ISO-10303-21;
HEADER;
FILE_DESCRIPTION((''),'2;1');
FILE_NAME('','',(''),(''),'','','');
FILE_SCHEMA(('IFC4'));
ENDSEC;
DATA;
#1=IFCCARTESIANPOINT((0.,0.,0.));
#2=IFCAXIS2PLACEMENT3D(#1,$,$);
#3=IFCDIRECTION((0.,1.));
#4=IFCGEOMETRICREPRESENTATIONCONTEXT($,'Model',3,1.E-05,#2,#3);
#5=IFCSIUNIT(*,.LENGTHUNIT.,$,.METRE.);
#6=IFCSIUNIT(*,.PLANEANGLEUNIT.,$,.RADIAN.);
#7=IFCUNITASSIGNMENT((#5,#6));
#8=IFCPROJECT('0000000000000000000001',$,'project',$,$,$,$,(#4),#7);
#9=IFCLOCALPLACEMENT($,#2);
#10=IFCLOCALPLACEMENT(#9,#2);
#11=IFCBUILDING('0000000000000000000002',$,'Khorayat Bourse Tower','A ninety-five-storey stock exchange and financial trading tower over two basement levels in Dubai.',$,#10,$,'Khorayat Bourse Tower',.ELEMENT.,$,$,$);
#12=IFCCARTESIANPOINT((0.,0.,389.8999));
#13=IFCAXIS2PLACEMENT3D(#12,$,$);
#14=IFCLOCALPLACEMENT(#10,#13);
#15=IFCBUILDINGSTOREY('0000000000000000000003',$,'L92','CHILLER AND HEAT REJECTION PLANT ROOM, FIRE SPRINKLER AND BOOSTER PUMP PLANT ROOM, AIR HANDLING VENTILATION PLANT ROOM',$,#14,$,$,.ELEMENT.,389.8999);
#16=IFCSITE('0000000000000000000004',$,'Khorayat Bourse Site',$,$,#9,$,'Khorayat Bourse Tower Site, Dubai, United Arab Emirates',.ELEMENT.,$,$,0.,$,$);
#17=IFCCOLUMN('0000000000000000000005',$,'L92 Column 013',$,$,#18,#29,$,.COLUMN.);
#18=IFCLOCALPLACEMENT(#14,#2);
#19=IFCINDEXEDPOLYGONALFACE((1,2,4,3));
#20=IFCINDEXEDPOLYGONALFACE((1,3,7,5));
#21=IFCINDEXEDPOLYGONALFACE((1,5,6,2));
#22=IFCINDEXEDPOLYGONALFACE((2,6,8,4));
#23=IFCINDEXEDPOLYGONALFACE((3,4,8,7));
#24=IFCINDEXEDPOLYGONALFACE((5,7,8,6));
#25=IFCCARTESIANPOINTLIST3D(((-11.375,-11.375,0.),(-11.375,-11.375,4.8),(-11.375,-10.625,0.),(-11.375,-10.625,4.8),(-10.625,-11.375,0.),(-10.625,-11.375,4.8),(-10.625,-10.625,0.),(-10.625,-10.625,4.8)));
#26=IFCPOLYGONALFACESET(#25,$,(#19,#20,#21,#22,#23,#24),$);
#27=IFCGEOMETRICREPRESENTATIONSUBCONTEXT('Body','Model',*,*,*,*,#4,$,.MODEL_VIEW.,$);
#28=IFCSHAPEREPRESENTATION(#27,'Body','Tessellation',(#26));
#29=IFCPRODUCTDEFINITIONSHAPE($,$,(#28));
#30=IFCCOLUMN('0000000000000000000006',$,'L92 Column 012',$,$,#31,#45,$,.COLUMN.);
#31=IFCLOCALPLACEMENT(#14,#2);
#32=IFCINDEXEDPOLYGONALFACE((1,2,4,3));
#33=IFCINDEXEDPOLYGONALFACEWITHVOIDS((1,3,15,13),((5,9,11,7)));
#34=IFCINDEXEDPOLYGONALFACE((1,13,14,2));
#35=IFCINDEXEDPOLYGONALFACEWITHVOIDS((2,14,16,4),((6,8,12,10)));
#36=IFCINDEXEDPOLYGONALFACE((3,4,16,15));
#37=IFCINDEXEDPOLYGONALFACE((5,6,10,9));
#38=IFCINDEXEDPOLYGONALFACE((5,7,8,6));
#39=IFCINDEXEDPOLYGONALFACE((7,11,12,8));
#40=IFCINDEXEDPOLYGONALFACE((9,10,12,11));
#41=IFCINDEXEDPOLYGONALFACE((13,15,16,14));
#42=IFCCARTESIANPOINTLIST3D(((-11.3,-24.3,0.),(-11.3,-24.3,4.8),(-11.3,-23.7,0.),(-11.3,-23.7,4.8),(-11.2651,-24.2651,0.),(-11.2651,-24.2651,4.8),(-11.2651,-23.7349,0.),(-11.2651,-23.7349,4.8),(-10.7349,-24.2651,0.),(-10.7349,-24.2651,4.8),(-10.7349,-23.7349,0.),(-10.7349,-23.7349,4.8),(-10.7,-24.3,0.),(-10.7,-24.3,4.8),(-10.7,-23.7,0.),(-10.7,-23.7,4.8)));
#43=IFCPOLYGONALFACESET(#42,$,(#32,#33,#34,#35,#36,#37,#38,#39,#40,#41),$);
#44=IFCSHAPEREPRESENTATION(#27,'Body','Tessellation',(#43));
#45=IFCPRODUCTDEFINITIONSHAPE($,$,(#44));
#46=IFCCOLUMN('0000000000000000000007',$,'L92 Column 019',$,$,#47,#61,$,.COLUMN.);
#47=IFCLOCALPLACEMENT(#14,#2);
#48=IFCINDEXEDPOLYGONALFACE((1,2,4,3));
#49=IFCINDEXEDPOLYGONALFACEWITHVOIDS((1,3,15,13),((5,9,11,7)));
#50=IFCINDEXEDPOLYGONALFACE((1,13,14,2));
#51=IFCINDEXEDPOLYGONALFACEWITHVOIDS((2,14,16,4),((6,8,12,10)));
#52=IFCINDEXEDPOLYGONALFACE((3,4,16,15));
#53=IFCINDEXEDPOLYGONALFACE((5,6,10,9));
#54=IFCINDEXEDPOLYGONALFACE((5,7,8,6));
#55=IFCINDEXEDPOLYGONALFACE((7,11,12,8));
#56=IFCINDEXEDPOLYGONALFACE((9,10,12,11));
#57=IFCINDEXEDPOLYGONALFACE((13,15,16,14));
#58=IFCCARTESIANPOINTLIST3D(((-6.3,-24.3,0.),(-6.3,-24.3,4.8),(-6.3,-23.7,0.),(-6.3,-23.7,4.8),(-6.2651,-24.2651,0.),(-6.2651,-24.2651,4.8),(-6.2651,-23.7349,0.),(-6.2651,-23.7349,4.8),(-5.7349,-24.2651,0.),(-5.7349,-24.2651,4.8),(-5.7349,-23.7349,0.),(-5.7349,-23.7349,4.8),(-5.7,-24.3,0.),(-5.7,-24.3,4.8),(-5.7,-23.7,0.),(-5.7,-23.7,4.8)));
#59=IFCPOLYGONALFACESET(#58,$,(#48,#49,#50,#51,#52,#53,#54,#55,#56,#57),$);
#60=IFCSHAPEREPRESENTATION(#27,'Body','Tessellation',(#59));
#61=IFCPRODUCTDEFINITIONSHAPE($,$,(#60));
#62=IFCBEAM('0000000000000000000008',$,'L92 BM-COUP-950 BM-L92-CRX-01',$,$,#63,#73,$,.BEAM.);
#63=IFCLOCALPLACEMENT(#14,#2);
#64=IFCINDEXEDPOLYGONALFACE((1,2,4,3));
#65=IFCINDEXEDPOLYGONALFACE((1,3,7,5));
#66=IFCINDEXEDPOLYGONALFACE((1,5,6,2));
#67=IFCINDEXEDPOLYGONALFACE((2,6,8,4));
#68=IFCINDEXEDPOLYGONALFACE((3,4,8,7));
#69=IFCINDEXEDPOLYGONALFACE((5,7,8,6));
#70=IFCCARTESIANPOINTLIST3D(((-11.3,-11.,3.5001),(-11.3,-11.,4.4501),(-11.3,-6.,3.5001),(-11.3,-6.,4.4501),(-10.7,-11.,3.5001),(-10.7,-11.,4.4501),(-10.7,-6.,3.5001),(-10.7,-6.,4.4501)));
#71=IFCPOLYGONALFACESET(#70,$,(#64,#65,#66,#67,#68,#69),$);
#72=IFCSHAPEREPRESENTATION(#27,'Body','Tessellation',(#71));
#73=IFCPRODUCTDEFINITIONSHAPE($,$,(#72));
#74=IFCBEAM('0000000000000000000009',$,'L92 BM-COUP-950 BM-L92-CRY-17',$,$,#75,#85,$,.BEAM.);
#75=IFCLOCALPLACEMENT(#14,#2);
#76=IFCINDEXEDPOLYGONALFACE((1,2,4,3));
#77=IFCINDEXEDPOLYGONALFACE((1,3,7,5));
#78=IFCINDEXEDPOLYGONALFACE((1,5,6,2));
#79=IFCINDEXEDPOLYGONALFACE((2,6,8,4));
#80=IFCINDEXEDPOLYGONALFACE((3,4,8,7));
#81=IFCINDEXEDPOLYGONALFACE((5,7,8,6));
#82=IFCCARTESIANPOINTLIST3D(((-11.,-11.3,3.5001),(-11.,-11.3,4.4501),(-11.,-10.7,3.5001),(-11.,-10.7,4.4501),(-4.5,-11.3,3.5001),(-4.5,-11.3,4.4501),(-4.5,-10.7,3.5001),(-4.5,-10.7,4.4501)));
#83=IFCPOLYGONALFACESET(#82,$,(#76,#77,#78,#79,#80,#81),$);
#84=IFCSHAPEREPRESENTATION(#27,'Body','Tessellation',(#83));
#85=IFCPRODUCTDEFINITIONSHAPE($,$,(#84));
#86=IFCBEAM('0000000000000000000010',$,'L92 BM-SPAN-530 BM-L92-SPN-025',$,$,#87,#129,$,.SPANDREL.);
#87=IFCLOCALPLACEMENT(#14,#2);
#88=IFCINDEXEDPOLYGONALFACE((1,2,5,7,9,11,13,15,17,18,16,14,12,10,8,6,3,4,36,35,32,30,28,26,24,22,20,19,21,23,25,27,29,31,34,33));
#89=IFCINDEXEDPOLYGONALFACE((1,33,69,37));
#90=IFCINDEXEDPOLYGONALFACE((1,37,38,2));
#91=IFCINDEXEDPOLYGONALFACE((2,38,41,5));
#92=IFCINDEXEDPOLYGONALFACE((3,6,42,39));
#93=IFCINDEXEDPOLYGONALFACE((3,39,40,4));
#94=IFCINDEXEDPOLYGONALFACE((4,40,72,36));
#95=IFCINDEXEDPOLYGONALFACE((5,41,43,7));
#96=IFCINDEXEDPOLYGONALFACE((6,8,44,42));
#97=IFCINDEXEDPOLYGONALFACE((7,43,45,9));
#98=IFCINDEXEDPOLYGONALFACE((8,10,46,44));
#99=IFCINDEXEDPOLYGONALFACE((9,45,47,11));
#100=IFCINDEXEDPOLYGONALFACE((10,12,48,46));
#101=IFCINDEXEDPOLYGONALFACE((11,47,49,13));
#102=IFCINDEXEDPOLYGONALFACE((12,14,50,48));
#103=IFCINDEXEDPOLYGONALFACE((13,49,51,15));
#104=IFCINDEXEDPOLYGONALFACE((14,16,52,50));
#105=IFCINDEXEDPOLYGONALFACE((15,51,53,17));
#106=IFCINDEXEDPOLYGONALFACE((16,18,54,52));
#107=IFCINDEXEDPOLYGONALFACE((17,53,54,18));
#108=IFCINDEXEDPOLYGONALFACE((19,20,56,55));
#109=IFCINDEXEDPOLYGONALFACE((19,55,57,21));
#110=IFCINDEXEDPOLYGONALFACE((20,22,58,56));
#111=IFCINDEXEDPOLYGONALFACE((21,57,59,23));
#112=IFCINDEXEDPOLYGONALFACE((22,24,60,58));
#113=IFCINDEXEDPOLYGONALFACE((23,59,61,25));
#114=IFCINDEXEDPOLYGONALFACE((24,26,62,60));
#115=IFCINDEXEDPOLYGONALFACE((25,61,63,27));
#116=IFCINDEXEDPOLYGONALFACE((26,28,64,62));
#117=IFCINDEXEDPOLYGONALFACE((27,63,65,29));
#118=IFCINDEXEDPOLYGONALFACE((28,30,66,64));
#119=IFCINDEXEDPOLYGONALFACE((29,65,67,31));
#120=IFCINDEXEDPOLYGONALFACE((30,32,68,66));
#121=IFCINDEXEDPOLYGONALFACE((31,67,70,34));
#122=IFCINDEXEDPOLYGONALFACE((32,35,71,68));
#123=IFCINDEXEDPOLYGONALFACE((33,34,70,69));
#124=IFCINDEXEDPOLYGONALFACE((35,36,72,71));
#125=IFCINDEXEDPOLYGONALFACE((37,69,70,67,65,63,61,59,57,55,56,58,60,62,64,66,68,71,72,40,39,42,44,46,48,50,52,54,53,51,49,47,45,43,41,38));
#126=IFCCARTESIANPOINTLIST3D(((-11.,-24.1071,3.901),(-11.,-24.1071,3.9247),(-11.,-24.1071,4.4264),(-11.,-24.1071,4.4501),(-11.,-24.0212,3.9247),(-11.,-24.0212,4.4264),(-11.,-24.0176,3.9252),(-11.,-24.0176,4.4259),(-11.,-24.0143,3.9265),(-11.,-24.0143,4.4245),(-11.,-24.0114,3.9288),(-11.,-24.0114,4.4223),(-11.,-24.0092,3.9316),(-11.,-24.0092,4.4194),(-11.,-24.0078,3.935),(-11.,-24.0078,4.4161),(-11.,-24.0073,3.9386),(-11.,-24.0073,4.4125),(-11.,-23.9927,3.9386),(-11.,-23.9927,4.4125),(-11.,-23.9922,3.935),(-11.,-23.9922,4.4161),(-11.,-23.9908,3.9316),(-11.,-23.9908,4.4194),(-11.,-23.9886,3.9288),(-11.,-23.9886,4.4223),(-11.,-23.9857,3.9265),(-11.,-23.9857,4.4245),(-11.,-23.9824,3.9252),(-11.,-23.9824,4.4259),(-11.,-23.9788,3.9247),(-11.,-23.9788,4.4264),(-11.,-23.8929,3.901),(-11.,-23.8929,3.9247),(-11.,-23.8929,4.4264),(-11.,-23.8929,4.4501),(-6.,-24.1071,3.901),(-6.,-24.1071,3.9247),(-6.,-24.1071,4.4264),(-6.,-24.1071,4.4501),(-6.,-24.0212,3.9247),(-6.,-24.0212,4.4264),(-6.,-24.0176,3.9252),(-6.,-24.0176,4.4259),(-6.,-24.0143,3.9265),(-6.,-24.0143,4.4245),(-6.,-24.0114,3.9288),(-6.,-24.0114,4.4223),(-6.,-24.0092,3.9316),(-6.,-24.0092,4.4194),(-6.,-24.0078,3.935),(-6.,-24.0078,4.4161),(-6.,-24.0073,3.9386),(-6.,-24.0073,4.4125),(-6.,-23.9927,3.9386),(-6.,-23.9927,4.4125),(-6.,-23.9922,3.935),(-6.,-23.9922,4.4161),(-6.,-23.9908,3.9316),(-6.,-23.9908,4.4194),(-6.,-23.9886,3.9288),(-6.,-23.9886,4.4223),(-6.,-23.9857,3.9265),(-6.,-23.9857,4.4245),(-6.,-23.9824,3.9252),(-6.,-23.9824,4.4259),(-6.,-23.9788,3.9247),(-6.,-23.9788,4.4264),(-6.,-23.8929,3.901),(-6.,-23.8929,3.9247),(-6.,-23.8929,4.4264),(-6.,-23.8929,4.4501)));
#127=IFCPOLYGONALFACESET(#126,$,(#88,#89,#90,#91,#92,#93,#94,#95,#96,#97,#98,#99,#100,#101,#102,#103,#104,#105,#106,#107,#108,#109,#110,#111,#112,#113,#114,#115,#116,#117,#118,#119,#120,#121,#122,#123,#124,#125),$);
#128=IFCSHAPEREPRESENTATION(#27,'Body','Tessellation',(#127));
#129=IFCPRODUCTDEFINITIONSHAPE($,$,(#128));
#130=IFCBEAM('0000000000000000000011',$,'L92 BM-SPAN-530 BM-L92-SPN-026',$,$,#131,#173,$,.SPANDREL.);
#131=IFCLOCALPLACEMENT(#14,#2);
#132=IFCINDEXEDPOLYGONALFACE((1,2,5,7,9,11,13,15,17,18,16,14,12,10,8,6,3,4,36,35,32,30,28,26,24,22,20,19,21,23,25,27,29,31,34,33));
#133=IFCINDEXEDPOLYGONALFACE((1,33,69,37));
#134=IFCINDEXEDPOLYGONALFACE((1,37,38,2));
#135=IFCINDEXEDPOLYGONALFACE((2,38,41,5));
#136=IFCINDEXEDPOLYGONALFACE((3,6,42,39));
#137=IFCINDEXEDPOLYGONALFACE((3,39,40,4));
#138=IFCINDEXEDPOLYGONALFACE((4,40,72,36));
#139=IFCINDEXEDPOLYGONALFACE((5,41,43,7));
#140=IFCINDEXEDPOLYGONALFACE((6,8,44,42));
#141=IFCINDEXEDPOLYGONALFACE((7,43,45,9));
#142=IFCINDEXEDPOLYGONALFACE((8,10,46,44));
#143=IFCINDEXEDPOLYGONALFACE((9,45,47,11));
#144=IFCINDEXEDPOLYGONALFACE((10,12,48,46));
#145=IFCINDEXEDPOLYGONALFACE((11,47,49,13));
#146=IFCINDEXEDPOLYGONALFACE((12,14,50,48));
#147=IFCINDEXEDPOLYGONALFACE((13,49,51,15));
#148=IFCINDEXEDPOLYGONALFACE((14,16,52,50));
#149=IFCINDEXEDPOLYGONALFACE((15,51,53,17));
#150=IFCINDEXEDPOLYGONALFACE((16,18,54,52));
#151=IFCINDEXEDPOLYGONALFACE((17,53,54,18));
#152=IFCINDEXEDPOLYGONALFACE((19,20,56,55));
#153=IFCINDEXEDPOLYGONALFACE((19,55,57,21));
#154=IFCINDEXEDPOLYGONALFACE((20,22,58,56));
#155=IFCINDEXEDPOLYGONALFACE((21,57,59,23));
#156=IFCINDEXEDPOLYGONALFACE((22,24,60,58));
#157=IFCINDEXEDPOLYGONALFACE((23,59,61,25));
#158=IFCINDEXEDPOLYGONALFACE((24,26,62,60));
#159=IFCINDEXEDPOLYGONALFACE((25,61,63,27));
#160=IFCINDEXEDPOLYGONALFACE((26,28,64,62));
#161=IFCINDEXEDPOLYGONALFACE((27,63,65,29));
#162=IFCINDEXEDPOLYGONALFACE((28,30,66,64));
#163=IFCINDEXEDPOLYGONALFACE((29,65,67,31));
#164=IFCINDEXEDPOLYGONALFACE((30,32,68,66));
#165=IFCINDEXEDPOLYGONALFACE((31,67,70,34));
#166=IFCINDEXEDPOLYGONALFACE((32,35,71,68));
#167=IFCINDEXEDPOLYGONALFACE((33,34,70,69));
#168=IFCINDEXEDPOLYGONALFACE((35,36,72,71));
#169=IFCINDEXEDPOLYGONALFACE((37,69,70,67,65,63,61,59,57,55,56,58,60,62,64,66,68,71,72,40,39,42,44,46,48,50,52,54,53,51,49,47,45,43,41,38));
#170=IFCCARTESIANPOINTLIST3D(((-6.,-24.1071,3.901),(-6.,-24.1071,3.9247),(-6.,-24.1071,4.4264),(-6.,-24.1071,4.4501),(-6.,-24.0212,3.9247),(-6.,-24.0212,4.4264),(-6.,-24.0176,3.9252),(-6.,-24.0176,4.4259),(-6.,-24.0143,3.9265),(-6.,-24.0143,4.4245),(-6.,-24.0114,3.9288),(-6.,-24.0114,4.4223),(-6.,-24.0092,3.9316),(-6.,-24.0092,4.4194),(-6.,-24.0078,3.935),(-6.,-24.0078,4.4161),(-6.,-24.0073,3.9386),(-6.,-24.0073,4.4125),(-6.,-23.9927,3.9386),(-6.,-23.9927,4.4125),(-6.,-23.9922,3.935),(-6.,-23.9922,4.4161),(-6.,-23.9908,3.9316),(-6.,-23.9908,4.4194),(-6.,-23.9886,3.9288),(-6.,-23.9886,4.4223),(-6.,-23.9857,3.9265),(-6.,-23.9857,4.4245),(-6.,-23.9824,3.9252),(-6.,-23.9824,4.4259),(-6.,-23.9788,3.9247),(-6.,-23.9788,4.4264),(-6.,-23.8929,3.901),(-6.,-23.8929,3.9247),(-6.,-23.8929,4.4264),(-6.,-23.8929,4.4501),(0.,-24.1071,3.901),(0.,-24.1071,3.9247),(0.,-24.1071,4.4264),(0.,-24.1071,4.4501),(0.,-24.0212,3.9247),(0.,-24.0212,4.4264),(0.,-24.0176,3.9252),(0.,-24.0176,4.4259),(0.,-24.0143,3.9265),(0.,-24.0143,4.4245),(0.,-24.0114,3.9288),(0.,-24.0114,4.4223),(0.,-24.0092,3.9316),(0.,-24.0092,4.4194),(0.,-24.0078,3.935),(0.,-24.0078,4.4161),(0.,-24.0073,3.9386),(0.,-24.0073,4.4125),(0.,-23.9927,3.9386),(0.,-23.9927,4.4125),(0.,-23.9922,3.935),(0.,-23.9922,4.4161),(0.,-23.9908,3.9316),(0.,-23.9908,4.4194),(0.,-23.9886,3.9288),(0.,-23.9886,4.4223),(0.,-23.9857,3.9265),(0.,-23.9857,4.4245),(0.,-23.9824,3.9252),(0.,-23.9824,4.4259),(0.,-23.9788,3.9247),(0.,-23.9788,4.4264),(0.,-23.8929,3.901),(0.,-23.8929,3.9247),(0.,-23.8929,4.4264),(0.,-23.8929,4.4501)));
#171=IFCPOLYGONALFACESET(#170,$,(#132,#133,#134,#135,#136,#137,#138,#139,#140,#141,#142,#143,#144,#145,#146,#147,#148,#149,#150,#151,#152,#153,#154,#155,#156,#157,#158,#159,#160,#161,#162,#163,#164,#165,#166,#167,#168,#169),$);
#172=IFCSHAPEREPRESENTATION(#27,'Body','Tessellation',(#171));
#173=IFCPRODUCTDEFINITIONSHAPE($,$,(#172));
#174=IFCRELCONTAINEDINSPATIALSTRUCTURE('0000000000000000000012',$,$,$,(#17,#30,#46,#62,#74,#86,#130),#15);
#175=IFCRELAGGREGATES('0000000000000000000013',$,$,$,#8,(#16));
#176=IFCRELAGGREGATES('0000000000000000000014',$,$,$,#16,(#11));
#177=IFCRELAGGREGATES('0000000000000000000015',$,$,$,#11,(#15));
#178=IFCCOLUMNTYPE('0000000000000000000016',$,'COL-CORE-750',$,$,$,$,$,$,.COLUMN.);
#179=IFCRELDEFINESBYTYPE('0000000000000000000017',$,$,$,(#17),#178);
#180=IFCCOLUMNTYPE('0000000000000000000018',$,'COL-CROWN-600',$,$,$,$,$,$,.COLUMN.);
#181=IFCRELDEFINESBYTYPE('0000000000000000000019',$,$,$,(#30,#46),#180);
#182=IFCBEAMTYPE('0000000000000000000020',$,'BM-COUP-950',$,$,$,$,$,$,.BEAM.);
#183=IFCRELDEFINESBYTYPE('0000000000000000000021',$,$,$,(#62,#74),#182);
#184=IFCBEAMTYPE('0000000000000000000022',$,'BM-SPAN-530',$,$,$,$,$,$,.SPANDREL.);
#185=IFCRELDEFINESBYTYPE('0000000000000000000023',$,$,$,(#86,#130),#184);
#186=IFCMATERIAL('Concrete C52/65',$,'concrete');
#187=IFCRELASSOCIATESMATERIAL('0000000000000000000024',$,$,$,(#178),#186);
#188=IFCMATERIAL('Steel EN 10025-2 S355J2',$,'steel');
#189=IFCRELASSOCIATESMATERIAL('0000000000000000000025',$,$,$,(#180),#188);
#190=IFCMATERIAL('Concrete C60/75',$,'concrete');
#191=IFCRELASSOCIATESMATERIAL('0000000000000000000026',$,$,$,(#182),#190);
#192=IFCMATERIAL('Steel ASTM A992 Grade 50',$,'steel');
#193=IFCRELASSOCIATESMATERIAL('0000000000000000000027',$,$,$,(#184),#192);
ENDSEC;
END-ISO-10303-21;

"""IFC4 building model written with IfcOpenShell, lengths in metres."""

from ifc_helpers import new_model, si_unit, direction, frame, origin, origin_2d, place, context, subcontext, project, spatial, rectangle, hollow_rectangle, i_section, extrude, source, transform, mapped, material, material_profile, profile_set, type_object, element, save


model = new_model("IFC4")

# Units and contexts
model_context = context("Model", 3, precision=1e-05, world=origin(), true_north=direction((0.0, 1.0)))
body_context = subcontext(model_context, "Body", "Model", "MODEL_VIEW")
ifc_project = project(units=[si_unit("LENGTHUNIT", "METRE"), si_unit("PLANEANGLEUNIT", "RADIAN")], contexts=[model_context])

# Site, building, storey
site_placement = place(None, origin())
site = spatial("IfcSite", under=ifc_project, at=site_placement, Name="Khorayat Bourse Site", LongName="Khorayat Bourse Tower Site, Dubai, United Arab Emirates", CompositionType="ELEMENT", RefElevation=0.0)
building_placement = place(site_placement, origin())
building = spatial("IfcBuilding", under=site, at=building_placement, Name="Khorayat Bourse Tower", Description="A ninety-five-storey stock exchange and financial trading tower over two basement levels in Dubai.", LongName="Khorayat Bourse Tower", CompositionType="ELEMENT")
storey_placement = place(building_placement, frame((0.0, 0.0, 389.8999)))
storey = spatial("IfcBuildingStorey", under=building, at=storey_placement, Name="L92", Description="CHILLER AND HEAT REJECTION PLANT ROOM, FIRE SPRINKLER AND BOOSTER PUMP PLANT ROOM, AIR HANDLING VENTILATION PLANT ROOM", CompositionType="ELEMENT", Elevation=389.8999)

# Columns
ifc_material_1 = material(Name="Concrete C52/65", Category="concrete")
ifc_material_profile_1 = material_profile(ifc_material_1, rectangle(XDim=0.75, YDim=0.75, at=origin_2d()), Name="RC 750x750")
ifc_profile_set_1 = profile_set([ifc_material_profile_1], Name="Concrete C52/65")
column_type_1 = type_object("IfcColumnType", Name="COL-CORE-750", PredefinedType="COLUMN", material=ifc_profile_set_1)
shared_shape_1 = source(origin(), body_context, "Body", "SweptSolid", [
    extrude(rectangle(XDim=0.75, YDim=0.75, at=origin_2d()), origin(), (0.0, 0.0, 1.0), 4.8),
])
column_placement = place(storey_placement, frame((-11.0, -11.0, 0.0), z_axis=(0.0, 0.0, 1.0), x_axis=(1.0, 0.0, 0.0)))
element("IfcColumn", 1, at=column_placement, inside=storey, type_object=column_type_1, Name="L92 Column 013", PredefinedType="COLUMN", context=body_context, shape_type="MappedRepresentation", body=[
    mapped(shared_shape_1, transform((0.0, 0.0, 0.0), scale=1.0)),
])
ifc_material_2 = material(Name="Steel EN 10025-2 S355J2", Category="steel")
ifc_material_profile_2 = material_profile(ifc_material_2, hollow_rectangle(XDim=0.6001, YDim=0.6001, WallThickness=0.0349, at=origin_2d()), Name="BOX 600x600x35")
ifc_profile_set_2 = profile_set([ifc_material_profile_2], Name="Steel EN 10025-2 S355J2")
column_type_2 = type_object("IfcColumnType", Name="COL-CROWN-600", PredefinedType="COLUMN", material=ifc_profile_set_2)
shared_shape_2 = source(origin(), body_context, "Body", "SweptSolid", [
    extrude(hollow_rectangle(XDim=0.6001, YDim=0.6001, WallThickness=0.0349, at=origin_2d()), origin(), (0.0, 0.0, 1.0), 4.8),
])
for number, where, z_axis, x_axis, name in (
    (2, (-11.0, -24.0, 0.0), (0.0, 0.0, 1.0), (1.0, 0.0, 0.0), "L92 Column 012"),
    (3, (-6.0, -24.0, 0.0), (0.0, 0.0, 1.0), (1.0, 0.0, 0.0), "L92 Column 019"),
):
    element("IfcColumn", number, at=place(storey_placement, frame(where, z_axis=z_axis, x_axis=x_axis)), inside=storey, type_object=column_type_2, Name=name, PredefinedType="COLUMN", context=body_context, shape_type="MappedRepresentation", body=[
        mapped(shared_shape_2, transform((0.0, 0.0, 0.0), scale=1.0)),
    ])

# Beams
ifc_material_3 = material(Name="Concrete C60/75", Category="concrete")
ifc_material_profile_3 = material_profile(ifc_material_3, rectangle(XDim=0.6001, YDim=0.95, at=origin_2d()), Name="RC 600x950")
ifc_profile_set_3 = profile_set([ifc_material_profile_3], Name="Concrete C60/75")
beam_type_1 = type_object("IfcBeamType", Name="BM-COUP-950", PredefinedType="BEAM", material=ifc_profile_set_3)
shared_shape_3 = source(origin(), body_context, "Body", "SweptSolid", [
    extrude(rectangle(XDim=0.6001, YDim=0.95, at=origin_2d()), origin(), (0.0, 0.0, 1.0), 5.0),
])
beam_1_placement = place(storey_placement, frame((-11.0, -11.0, 3.9751), z_axis=(0.0, 1.0, 0.0), x_axis=(-1.0, 0.0, 0.0)))
element("IfcBeam", 4, at=beam_1_placement, inside=storey, type_object=beam_type_1, Name="L92 BM-COUP-950 BM-L92-CRX-01", PredefinedType="BEAM", context=body_context, shape_type="MappedRepresentation", body=[
    mapped(shared_shape_3, transform((0.0, 0.0, 0.0), scale=1.0)),
])
shared_shape_4 = source(origin(), body_context, "Body", "SweptSolid", [
    extrude(rectangle(XDim=0.6001, YDim=0.95, at=origin_2d()), origin(), (0.0, 0.0, 1.0), 6.5),
])
beam_2_placement = place(storey_placement, frame((-11.0, -11.0, 3.9751), z_axis=(1.0, 0.0, 0.0), x_axis=(0.0, 1.0, 0.0)))
element("IfcBeam", 5, at=beam_2_placement, inside=storey, type_object=beam_type_1, Name="L92 BM-COUP-950 BM-L92-CRY-17", PredefinedType="BEAM", context=body_context, shape_type="MappedRepresentation", body=[
    mapped(shared_shape_4, transform((0.0, 0.0, 0.0), scale=1.0)),
])
ifc_material_4 = material(Name="Steel ASTM A992 Grade 50", Category="steel")
ifc_material_profile_4 = material_profile(ifc_material_4, i_section(OverallWidth=0.2141, OverallDepth=0.5491, WebThickness=0.0146, FlangeThickness=0.0237, FilletRadius=0.0139, at=origin_2d()), Name="W530X138")
ifc_profile_set_4 = profile_set([ifc_material_profile_4], Name="Steel ASTM A992 Grade 50")
beam_type_2 = type_object("IfcBeamType", Name="BM-SPAN-530", PredefinedType="SPANDREL", material=ifc_profile_set_4)
shared_shape_5 = source(origin(), body_context, "Body", "SweptSolid", [
    extrude(i_section(OverallWidth=0.2141, OverallDepth=0.5491, WebThickness=0.0146, FlangeThickness=0.0237, FilletRadius=0.0139, at=origin_2d()), origin(), (0.0, 0.0, 1.0), 5.0),
])
beam_3_placement = place(storey_placement, frame((-11.0, -24.0, 4.1755), z_axis=(1.0, 0.0, 0.0), x_axis=(0.0, 1.0, 0.0)))
element("IfcBeam", 6, at=beam_3_placement, inside=storey, type_object=beam_type_2, Name="L92 BM-SPAN-530 BM-L92-SPN-025", PredefinedType="SPANDREL", context=body_context, shape_type="MappedRepresentation", body=[
    mapped(shared_shape_5, transform((0.0, 0.0, 0.0), scale=1.0)),
])
shared_shape_6 = source(origin(), body_context, "Body", "SweptSolid", [
    extrude(i_section(OverallWidth=0.2141, OverallDepth=0.5491, WebThickness=0.0146, FlangeThickness=0.0237, FilletRadius=0.0139, at=origin_2d()), origin(), (0.0, 0.0, 1.0), 6.0),
])
beam_4_placement = place(storey_placement, frame((-6.0, -24.0, 4.1755), z_axis=(1.0, 0.0, 0.0), x_axis=(0.0, 1.0, 0.0)))
element("IfcBeam", 7, at=beam_4_placement, inside=storey, type_object=beam_type_2, Name="L92 BM-SPAN-530 BM-L92-SPN-026", PredefinedType="SPANDREL", context=body_context, shape_type="MappedRepresentation", body=[
    mapped(shared_shape_6, transform((0.0, 0.0, 0.0), scale=1.0)),
])

save(model, "model.ifc")
